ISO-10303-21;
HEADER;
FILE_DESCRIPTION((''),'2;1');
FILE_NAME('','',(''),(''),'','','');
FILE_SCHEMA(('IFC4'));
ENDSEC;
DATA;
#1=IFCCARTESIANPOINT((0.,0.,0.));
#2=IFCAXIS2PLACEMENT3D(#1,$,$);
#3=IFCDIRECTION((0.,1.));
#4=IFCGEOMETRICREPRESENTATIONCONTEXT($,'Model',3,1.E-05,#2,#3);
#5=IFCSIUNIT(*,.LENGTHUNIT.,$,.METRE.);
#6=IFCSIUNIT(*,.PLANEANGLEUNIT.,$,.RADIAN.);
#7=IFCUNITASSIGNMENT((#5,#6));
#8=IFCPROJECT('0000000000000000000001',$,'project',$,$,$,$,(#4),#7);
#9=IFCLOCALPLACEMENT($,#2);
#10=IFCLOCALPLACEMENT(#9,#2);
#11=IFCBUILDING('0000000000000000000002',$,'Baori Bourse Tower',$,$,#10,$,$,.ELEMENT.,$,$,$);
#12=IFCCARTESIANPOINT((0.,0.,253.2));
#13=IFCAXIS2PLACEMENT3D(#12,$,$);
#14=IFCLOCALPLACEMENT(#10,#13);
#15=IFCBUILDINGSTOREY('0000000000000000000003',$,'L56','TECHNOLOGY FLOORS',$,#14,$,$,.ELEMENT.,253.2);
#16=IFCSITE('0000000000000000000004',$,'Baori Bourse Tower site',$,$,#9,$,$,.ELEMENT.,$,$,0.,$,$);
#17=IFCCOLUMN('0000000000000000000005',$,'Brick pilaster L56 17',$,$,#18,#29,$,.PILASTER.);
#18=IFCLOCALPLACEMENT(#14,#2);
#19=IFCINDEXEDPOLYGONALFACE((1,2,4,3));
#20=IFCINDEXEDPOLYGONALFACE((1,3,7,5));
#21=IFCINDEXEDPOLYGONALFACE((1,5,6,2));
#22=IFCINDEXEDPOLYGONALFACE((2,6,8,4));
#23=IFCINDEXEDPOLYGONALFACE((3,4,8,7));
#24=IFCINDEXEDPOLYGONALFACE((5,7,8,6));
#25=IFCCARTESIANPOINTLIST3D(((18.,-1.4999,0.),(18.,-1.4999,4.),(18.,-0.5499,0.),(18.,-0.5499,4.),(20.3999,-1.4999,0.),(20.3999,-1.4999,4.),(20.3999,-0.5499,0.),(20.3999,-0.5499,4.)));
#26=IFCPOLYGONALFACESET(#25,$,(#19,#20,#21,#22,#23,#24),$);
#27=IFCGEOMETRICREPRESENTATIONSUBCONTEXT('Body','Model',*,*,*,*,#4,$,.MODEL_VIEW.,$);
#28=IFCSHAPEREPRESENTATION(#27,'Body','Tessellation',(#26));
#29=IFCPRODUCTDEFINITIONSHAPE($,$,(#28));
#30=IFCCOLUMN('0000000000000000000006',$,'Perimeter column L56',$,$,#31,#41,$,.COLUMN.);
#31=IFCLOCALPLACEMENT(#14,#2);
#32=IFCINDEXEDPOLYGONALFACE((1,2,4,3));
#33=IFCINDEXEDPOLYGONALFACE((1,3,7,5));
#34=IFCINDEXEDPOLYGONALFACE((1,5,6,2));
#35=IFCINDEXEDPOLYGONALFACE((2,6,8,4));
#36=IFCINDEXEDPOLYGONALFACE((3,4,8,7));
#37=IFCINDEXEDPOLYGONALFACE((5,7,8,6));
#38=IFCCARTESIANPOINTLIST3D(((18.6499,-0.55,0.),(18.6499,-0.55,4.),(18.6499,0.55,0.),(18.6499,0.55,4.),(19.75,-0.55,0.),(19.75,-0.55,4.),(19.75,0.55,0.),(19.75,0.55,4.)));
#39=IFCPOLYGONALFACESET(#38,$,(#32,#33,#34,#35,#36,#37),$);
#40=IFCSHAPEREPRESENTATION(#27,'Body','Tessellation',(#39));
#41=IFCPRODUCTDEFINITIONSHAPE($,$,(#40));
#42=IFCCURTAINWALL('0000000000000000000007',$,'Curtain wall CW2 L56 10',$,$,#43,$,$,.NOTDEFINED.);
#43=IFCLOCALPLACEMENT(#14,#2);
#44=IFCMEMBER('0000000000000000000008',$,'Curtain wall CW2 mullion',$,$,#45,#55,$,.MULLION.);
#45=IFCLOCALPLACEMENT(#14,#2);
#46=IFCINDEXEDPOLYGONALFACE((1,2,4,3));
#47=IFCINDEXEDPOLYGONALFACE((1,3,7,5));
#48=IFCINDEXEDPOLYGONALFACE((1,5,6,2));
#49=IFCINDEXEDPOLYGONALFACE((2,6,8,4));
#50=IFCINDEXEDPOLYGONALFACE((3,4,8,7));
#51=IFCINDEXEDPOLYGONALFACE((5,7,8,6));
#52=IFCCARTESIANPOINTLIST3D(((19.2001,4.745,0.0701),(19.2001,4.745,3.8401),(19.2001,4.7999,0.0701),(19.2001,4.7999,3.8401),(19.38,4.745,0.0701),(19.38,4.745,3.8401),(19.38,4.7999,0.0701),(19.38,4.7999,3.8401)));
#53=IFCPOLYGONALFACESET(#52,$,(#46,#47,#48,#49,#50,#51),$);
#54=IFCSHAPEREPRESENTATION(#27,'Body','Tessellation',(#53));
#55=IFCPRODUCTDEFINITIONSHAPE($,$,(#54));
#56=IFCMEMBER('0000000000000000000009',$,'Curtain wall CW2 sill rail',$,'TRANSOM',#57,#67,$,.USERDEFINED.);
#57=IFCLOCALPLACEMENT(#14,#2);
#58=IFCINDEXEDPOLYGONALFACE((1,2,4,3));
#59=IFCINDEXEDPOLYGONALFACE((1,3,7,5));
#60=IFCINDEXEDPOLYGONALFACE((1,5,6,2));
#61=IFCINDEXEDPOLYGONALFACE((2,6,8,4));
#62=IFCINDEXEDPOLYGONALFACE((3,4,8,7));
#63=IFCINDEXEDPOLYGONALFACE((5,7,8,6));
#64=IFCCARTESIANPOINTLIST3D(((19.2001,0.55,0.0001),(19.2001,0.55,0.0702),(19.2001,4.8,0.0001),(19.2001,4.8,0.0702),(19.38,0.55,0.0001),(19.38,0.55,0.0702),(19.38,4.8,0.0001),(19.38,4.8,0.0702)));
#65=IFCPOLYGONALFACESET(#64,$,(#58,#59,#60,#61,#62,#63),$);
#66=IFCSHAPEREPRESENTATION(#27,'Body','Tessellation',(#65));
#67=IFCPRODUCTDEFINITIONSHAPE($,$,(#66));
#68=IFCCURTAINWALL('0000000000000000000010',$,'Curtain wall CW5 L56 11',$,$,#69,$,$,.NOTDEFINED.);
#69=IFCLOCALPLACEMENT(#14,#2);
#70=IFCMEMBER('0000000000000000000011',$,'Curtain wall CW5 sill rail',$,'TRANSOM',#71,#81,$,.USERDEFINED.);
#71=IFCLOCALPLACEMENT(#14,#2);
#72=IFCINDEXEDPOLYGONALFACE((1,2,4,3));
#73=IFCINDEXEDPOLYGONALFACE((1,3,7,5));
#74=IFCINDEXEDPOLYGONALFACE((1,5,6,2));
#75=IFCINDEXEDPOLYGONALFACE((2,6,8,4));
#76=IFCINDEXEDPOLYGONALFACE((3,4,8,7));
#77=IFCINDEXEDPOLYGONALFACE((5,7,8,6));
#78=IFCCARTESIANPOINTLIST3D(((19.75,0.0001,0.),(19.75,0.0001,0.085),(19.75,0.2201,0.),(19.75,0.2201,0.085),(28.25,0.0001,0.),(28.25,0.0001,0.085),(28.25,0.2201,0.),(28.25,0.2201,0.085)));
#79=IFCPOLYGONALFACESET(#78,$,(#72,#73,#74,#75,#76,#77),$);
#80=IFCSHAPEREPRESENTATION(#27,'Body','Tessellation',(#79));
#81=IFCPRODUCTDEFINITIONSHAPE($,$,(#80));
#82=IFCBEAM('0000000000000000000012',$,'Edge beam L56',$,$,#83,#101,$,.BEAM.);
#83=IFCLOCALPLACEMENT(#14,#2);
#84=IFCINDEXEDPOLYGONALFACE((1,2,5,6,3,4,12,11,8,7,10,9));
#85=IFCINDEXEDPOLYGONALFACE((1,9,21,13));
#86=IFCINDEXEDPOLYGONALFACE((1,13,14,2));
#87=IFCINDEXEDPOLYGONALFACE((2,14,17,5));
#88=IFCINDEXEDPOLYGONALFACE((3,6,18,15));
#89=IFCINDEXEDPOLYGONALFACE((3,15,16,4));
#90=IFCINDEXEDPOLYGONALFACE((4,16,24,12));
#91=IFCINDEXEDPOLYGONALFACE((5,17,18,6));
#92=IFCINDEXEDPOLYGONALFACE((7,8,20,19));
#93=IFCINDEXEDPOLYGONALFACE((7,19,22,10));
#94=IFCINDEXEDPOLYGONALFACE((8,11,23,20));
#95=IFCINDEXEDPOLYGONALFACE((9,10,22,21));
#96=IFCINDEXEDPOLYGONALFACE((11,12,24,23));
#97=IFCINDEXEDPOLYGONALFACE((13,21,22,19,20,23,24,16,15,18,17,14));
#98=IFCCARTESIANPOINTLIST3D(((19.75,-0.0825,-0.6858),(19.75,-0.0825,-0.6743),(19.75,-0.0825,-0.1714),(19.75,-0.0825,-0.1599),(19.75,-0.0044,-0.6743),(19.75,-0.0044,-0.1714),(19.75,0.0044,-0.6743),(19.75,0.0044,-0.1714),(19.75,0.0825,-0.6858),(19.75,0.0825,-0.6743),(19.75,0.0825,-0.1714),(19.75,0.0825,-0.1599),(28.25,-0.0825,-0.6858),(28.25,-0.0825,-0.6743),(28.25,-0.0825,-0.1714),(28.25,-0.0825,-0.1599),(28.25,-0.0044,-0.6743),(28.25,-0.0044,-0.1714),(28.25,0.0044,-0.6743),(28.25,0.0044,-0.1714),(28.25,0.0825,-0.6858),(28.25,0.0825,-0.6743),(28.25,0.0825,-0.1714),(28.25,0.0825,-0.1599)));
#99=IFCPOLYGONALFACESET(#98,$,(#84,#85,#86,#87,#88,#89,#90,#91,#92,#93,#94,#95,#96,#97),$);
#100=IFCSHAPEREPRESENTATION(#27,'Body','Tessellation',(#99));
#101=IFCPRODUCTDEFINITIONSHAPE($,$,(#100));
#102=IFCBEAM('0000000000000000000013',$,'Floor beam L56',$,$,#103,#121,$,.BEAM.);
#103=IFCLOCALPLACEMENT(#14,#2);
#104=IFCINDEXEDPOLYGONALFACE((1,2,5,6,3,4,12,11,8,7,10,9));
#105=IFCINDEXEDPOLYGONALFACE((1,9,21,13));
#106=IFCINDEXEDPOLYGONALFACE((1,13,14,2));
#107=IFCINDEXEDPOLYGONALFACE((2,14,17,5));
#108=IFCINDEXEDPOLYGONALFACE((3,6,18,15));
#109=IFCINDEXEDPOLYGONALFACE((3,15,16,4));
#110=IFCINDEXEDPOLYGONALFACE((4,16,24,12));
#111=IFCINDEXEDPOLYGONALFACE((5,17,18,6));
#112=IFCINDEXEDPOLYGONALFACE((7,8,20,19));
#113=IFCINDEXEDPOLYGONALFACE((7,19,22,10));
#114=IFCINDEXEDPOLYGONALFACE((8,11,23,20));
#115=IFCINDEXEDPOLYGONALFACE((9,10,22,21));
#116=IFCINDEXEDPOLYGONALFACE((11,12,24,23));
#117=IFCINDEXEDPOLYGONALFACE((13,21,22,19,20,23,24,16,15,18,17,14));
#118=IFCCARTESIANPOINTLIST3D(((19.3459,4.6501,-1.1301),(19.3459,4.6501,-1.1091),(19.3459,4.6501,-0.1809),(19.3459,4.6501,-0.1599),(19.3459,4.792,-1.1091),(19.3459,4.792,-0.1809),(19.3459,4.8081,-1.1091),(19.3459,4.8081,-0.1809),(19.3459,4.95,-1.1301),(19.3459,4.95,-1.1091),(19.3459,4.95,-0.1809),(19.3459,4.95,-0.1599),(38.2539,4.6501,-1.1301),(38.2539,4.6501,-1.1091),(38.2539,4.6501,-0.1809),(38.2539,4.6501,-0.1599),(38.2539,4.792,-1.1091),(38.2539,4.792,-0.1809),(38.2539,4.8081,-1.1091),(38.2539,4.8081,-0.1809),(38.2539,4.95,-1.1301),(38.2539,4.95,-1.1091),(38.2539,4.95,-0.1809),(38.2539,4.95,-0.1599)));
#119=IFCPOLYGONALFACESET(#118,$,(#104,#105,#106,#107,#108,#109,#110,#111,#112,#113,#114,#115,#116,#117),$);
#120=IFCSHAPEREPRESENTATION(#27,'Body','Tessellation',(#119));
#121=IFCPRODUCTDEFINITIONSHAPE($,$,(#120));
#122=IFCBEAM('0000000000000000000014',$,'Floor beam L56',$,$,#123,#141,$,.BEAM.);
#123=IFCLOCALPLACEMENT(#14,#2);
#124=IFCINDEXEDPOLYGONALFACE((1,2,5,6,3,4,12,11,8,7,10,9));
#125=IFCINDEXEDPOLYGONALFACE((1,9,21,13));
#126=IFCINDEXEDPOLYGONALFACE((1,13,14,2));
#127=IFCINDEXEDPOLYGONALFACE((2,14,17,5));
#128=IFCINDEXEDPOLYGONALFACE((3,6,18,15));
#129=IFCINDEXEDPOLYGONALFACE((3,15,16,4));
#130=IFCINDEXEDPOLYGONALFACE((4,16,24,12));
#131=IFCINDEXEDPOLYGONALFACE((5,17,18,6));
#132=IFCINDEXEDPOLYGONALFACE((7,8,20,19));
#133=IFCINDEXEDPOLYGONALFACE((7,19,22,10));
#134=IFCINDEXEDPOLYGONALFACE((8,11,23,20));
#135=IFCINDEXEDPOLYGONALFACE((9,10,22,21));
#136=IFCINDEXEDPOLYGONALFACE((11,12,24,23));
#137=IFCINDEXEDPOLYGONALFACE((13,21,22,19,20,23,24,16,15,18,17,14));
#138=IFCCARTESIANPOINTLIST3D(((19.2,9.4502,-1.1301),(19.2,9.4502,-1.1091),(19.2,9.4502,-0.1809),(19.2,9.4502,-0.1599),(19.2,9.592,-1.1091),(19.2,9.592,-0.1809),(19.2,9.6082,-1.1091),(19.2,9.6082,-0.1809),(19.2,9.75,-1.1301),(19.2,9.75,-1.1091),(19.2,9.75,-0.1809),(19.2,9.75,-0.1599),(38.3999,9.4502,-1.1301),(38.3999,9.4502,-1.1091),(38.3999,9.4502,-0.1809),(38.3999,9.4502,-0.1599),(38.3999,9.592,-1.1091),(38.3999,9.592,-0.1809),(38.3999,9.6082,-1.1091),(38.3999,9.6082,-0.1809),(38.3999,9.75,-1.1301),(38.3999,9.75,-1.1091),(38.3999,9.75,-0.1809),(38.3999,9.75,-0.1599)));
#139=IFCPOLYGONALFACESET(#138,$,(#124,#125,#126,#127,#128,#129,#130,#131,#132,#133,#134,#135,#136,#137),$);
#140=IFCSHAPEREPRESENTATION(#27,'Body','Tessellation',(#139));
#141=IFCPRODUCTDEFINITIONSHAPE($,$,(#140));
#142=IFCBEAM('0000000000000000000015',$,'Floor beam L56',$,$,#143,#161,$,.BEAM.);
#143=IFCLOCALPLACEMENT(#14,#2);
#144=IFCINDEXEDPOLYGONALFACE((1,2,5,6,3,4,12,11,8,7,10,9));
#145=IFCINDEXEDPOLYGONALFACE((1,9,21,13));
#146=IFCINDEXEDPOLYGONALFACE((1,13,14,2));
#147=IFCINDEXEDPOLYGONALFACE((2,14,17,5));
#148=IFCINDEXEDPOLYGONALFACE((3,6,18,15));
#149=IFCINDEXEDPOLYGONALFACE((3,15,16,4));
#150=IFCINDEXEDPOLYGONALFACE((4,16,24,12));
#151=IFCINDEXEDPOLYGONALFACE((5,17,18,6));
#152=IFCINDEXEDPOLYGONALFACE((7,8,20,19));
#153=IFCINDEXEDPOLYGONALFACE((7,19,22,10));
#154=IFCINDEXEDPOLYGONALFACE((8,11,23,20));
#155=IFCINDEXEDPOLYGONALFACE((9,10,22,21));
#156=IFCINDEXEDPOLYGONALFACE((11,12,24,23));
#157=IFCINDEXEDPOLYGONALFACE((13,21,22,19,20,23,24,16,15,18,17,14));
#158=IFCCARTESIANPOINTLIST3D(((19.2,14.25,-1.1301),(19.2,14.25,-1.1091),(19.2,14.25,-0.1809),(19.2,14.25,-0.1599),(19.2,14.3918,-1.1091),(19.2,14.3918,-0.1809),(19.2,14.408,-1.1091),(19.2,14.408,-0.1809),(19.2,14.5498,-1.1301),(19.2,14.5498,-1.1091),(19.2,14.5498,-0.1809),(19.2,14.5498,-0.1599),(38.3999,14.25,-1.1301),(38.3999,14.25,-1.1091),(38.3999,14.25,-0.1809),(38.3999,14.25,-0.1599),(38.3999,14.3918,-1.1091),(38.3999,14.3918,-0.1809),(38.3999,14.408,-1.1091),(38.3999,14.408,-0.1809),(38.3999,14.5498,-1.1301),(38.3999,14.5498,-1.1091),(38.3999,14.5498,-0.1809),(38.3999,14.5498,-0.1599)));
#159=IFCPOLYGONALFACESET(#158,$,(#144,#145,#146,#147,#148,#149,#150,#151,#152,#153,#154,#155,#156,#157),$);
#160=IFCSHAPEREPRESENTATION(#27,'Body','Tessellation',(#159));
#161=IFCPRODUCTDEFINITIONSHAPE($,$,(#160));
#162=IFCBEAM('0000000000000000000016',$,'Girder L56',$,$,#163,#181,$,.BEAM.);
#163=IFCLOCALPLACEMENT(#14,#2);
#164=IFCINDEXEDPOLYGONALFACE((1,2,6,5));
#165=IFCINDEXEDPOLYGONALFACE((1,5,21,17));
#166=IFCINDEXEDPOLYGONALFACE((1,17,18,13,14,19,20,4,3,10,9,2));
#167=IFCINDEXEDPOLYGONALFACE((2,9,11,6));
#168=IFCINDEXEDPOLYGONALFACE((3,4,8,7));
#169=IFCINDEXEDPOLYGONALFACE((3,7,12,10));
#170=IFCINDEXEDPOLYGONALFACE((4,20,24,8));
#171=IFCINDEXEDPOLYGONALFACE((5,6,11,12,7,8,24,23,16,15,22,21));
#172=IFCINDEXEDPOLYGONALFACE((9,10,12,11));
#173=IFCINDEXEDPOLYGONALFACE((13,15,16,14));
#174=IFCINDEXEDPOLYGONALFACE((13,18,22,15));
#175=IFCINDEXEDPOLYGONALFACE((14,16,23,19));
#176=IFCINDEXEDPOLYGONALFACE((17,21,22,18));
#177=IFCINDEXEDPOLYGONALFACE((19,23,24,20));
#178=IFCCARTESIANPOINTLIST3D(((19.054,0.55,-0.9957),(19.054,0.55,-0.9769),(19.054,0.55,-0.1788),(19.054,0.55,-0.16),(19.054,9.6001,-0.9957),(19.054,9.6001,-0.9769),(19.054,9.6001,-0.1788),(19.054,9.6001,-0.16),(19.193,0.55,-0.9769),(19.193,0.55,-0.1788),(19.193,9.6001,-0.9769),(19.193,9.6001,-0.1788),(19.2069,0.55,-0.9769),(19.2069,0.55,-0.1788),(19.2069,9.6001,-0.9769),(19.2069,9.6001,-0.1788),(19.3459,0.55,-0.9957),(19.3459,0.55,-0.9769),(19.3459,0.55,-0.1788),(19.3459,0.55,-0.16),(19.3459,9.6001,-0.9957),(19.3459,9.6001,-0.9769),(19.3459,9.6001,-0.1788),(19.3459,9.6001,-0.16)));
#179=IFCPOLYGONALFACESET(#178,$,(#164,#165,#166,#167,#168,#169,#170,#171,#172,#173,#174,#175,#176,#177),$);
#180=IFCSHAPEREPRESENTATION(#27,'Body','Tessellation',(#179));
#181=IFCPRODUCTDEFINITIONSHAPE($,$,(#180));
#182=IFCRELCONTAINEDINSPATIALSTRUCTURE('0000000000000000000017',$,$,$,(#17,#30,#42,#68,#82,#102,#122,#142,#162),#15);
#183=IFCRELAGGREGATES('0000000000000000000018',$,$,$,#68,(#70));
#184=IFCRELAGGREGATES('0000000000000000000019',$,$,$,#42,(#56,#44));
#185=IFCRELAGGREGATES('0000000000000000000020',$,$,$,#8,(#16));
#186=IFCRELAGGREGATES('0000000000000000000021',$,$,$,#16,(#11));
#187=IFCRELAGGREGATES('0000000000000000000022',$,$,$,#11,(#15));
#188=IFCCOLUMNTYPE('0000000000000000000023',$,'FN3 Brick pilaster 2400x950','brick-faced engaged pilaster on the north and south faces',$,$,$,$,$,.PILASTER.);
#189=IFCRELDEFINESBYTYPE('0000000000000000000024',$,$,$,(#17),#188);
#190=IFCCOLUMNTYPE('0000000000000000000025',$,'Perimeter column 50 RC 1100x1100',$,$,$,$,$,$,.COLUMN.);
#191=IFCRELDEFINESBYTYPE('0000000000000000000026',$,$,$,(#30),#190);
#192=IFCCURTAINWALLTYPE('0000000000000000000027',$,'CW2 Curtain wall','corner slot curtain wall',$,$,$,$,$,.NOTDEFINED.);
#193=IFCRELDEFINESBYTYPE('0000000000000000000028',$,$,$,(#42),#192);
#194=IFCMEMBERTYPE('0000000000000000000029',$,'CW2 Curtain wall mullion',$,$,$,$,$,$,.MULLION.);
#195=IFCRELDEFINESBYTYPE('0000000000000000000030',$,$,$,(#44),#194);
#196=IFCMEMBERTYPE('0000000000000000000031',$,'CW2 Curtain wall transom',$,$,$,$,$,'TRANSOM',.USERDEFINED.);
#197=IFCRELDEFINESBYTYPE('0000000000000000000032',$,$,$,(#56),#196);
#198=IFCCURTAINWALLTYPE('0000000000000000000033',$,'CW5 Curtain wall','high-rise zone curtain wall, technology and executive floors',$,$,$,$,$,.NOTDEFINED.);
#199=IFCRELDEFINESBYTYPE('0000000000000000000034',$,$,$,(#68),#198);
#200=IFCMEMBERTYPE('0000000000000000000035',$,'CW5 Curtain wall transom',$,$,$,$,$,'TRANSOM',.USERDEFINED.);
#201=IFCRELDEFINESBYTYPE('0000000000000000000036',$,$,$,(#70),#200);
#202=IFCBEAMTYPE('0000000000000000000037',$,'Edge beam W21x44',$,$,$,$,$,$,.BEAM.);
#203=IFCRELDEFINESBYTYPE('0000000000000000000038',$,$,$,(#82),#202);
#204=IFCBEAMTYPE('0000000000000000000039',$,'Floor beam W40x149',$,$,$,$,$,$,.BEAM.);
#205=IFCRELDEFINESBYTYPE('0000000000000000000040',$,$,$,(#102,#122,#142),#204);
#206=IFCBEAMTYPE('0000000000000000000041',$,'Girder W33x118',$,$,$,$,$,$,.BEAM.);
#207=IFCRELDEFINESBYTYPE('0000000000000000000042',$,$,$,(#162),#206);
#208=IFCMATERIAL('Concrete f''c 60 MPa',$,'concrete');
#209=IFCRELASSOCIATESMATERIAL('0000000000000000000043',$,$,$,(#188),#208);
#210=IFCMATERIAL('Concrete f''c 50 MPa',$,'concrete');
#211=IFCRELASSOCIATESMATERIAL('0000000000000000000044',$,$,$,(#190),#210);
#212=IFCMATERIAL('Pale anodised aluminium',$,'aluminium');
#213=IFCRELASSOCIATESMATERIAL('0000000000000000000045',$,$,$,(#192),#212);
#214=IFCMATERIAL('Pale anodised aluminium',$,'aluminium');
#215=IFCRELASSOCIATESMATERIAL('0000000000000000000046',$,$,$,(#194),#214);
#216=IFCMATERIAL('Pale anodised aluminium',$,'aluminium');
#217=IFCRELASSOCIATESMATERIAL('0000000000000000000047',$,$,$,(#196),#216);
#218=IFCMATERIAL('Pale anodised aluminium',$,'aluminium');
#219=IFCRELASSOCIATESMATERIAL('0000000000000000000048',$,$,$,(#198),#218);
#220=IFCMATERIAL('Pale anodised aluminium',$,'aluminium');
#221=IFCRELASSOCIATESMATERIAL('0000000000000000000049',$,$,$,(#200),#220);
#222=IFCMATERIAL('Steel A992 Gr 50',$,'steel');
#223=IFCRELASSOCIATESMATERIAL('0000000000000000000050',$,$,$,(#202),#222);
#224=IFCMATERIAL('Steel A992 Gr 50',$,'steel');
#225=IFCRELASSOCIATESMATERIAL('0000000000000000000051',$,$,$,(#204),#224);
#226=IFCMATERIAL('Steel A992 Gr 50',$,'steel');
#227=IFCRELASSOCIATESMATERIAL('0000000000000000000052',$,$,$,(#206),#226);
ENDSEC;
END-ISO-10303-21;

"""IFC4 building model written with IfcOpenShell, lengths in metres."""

from ifc_helpers import new_model, si_unit, direction, frame, origin, origin_2d, place, context, subcontext, project, spatial, rectangle, i_section, extrude, material, material_profile, profile_set, type_object, element, aggregate, save


model = new_model("IFC4")

# Units and contexts
model_context = context("Model", 3, precision=1e-05, world=origin(), true_north=direction((0.0, 1.0)))
body_context = subcontext(model_context, "Body", "Model", "MODEL_VIEW")
ifc_project = project(units=[si_unit("LENGTHUNIT", "METRE"), si_unit("PLANEANGLEUNIT", "RADIAN")], contexts=[model_context])

# Site, building, storey
site_placement = place(None, origin())
site = spatial("IfcSite", under=ifc_project, at=site_placement, Name="Baori Bourse Tower site", CompositionType="ELEMENT", RefElevation=0.0)
building_placement = place(site_placement, origin())
building = spatial("IfcBuilding", under=site, at=building_placement, Name="Baori Bourse Tower", CompositionType="ELEMENT")
storey_placement = place(building_placement, frame((0.0, 0.0, 253.2)))
storey = spatial("IfcBuildingStorey", under=building, at=storey_placement, Name="L56", Description="TECHNOLOGY FLOORS", CompositionType="ELEMENT", Elevation=253.2)

# Columns
ifc_material_1 = material(Name="Concrete f'c 60 MPa", Category="concrete")
ifc_material_profile_1 = material_profile(ifc_material_1, rectangle(XDim=2.3999, YDim=0.95, at=origin_2d()), Name="RC 2400x950")
ifc_profile_set_1 = profile_set([ifc_material_profile_1], Name="Concrete f'c 60 MPa")
column_type_1 = type_object("IfcColumnType", Name="FN3 Brick pilaster 2400x950", Description="brick-faced engaged pilaster on the north and south faces", PredefinedType="PILASTER", material=ifc_profile_set_1)
column_1_placement = place(storey_placement, frame((19.2, -1.0249, 0.0), z_axis=(0.0, 0.0, 1.0), x_axis=(1.0, 0.0, 0.0)))
element("IfcColumn", 1, at=column_1_placement, inside=storey, type_object=column_type_1, Name="Brick pilaster L56 17", PredefinedType="PILASTER", context=body_context, shape_type="SweptSolid", body=[
    extrude(rectangle(XDim=2.3999, YDim=0.95, at=origin_2d()), origin(), (0.0, 0.0, 1.0), 4.0),
])
ifc_material_2 = material(Name="Concrete f'c 50 MPa", Category="concrete")
ifc_material_profile_2 = material_profile(ifc_material_2, rectangle(XDim=1.1001, YDim=1.1001, at=origin_2d()), Name="RC 1100x1100")
ifc_profile_set_2 = profile_set([ifc_material_profile_2], Name="Concrete f'c 50 MPa")
column_type_2 = type_object("IfcColumnType", Name="Perimeter column 50 RC 1100x1100", PredefinedType="COLUMN", material=ifc_profile_set_2)
column_2_placement = place(storey_placement, frame((19.2, 0.0, 0.0), z_axis=(0.0, 0.0, 1.0), x_axis=(1.0, 0.0, 0.0)))
element("IfcColumn", 2, at=column_2_placement, inside=storey, type_object=column_type_2, Name="Perimeter column L56", PredefinedType="COLUMN", context=body_context, shape_type="SweptSolid", body=[
    extrude(rectangle(XDim=1.1001, YDim=1.1001, at=origin_2d()), origin(), (0.0, 0.0, 1.0), 4.0),
])

# Curtain wall, members
ifc_material_3 = material(Name="Pale anodised aluminium", Category="aluminium")
curtain_wall_type_1 = type_object("IfcCurtainWallType", Name="CW2 Curtain wall", Description="corner slot curtain wall", PredefinedType="NOTDEFINED", material=ifc_material_3)
curtain_wall_1_placement = place(storey_placement, origin())
curtain_wall_1 = element("IfcCurtainWall", 3, at=curtain_wall_1_placement, inside=storey, type_object=curtain_wall_type_1, Name="Curtain wall CW2 L56 10", PredefinedType="NOTDEFINED")
ifc_material_4 = material(Name="Pale anodised aluminium", Category="aluminium")
ifc_material_profile_3 = material_profile(ifc_material_4, rectangle(XDim=0.1799, YDim=0.0549, at=origin_2d()), Name="Mullion 55x180")
ifc_profile_set_3 = profile_set([ifc_material_profile_3], Name="Pale anodised aluminium")
member_type_1 = type_object("IfcMemberType", Name="CW2 Curtain wall mullion", PredefinedType="MULLION", material=ifc_profile_set_3)
member_1_placement = place(storey_placement, frame((19.29, 4.7725, 0.0701), z_axis=(0.0, 0.0, 1.0), x_axis=(1.0, 0.0, 0.0)))
member_1 = element("IfcMember", 4, at=member_1_placement, type_object=member_type_1, Name="Curtain wall CW2 mullion", PredefinedType="MULLION", context=body_context, shape_type="SweptSolid", body=[
    extrude(rectangle(XDim=0.1799, YDim=0.0549, at=origin_2d()), origin(), (0.0, 0.0, 1.0), 3.77),
])
ifc_material_5 = material(Name="Pale anodised aluminium", Category="aluminium")
ifc_material_profile_4 = material_profile(ifc_material_5, rectangle(XDim=0.1799, YDim=0.0701, at=origin_2d()), Name="Transom 70x180")
ifc_profile_set_4 = profile_set([ifc_material_profile_4], Name="Pale anodised aluminium")
member_type_2 = type_object("IfcMemberType", Name="CW2 Curtain wall transom", ElementType="TRANSOM", PredefinedType="USERDEFINED", material=ifc_profile_set_4)
member_2_placement = place(storey_placement, frame((19.29, 4.8, 0.0352), z_axis=(0.0, -1.0, 0.0), x_axis=(1.0, 0.0, 0.0)))
member_2 = element("IfcMember", 5, at=member_2_placement, type_object=member_type_2, Name="Curtain wall CW2 sill rail", ObjectType="TRANSOM", PredefinedType="USERDEFINED", context=body_context, shape_type="SweptSolid", body=[
    extrude(rectangle(XDim=0.1799, YDim=0.0701, at=origin_2d()), origin(), (0.0, 0.0, 1.0), 4.25),
])

# Curtain wall, member
ifc_material_6 = material(Name="Pale anodised aluminium", Category="aluminium")
curtain_wall_type_2 = type_object("IfcCurtainWallType", Name="CW5 Curtain wall", Description="high-rise zone curtain wall, technology and executive floors", PredefinedType="NOTDEFINED", material=ifc_material_6)
curtain_wall_2_placement = place(storey_placement, origin())
curtain_wall_2 = element("IfcCurtainWall", 6, at=curtain_wall_2_placement, inside=storey, type_object=curtain_wall_type_2, Name="Curtain wall CW5 L56 11", PredefinedType="NOTDEFINED")
ifc_material_7 = material(Name="Pale anodised aluminium", Category="aluminium")
ifc_material_profile_5 = material_profile(ifc_material_7, rectangle(XDim=0.22, YDim=0.085, at=origin_2d()), Name="Transom 85x220")
ifc_profile_set_5 = profile_set([ifc_material_profile_5], Name="Pale anodised aluminium")
member_type_3 = type_object("IfcMemberType", Name="CW5 Curtain wall transom", ElementType="TRANSOM", PredefinedType="USERDEFINED", material=ifc_profile_set_5)
member_3_placement = place(storey_placement, frame((19.75, 0.1101, 0.0425), z_axis=(1.0, 0.0, 0.0), x_axis=(0.0, 1.0, 0.0)))
member_3 = element("IfcMember", 7, at=member_3_placement, type_object=member_type_3, Name="Curtain wall CW5 sill rail", ObjectType="TRANSOM", PredefinedType="USERDEFINED", context=body_context, shape_type="SweptSolid", body=[
    extrude(rectangle(XDim=0.22, YDim=0.085, at=origin_2d()), origin(), (0.0, 0.0, 1.0), 8.5),
])
aggregate(curtain_wall_2, [member_3])

# Beams
ifc_material_8 = material(Name="Steel A992 Gr 50", Category="steel")
ifc_material_profile_6 = material_profile(ifc_material_8, i_section(OverallWidth=0.165, OverallDepth=0.5259, WebThickness=0.0088, FlangeThickness=0.0115, at=origin_2d()), Name="W21x44")
ifc_profile_set_6 = profile_set([ifc_material_profile_6], Name="Steel A992 Gr 50")
beam_type_1 = type_object("IfcBeamType", Name="Edge beam W21x44", PredefinedType="BEAM", material=ifc_profile_set_6)
beam_1_placement = place(storey_placement, frame((19.75, 0.0, -0.4229), z_axis=(1.0, 0.0, 0.0), x_axis=(0.0, 1.0, 0.0)))
element("IfcBeam", 8, at=beam_1_placement, inside=storey, type_object=beam_type_1, Name="Edge beam L56", PredefinedType="BEAM", context=body_context, shape_type="SweptSolid", body=[
    extrude(i_section(OverallWidth=0.165, OverallDepth=0.5259, WebThickness=0.0088, FlangeThickness=0.0115, at=origin_2d()), origin(), (0.0, 0.0, 1.0), 8.5),
])
ifc_material_9 = material(Name="Steel A992 Gr 50", Category="steel")
ifc_material_profile_7 = material_profile(ifc_material_9, i_section(OverallWidth=0.2998, OverallDepth=0.9702, WebThickness=0.0161, FlangeThickness=0.021, at=origin_2d()), Name="W40x149")
ifc_profile_set_7 = profile_set([ifc_material_profile_7], Name="Steel A992 Gr 50")
beam_type_2 = type_object("IfcBeamType", Name="Floor beam W40x149", PredefinedType="BEAM", material=ifc_profile_set_7)
beam_2_placement = place(storey_placement, frame((19.3459, 4.8, -0.645), z_axis=(1.0, 0.0, 0.0), x_axis=(0.0, 1.0, 0.0)))
element("IfcBeam", 9, at=beam_2_placement, inside=storey, type_object=beam_type_2, Name="Floor beam L56", PredefinedType="BEAM", context=body_context, shape_type="SweptSolid", body=[
    extrude(i_section(OverallWidth=0.2998, OverallDepth=0.9702, WebThickness=0.0161, FlangeThickness=0.021, at=origin_2d()), origin(), (0.0, 0.0, 1.0), 18.908),
])
for number, where, z_axis, x_axis, name in (
    (10, (19.2, 9.6001, -0.645), (1.0, 0.0, 0.0), (0.0, 1.0, 0.0), "Floor beam L56"),
    (11, (19.2, 14.3999, -0.645), (1.0, 0.0, 0.0), (0.0, 1.0, 0.0), "Floor beam L56"),
):
    element("IfcBeam", number, at=place(storey_placement, frame(where, z_axis=z_axis, x_axis=x_axis)), inside=storey, type_object=beam_type_2, Name=name, PredefinedType="BEAM", context=body_context, shape_type="SweptSolid", body=[
        extrude(i_section(OverallWidth=0.2998, OverallDepth=0.9702, WebThickness=0.0161, FlangeThickness=0.021, at=origin_2d()), origin(), (0.0, 0.0, 1.0), 19.2),
    ])
ifc_material_10 = material(Name="Steel A992 Gr 50", Category="steel")
ifc_material_profile_8 = material_profile(ifc_material_10, i_section(OverallWidth=0.292, OverallDepth=0.8357, WebThickness=0.0139, FlangeThickness=0.0188, at=origin_2d()), Name="W33x118")
ifc_profile_set_8 = profile_set([ifc_material_profile_8], Name="Steel A992 Gr 50")
beam_type_3 = type_object("IfcBeamType", Name="Girder W33x118", PredefinedType="BEAM", material=ifc_profile_set_8)
beam_3_placement = place(storey_placement, frame((19.2, 0.55, -0.5779), z_axis=(0.0, 1.0, 0.0), x_axis=(-1.0, 0.0, 0.0)))
element("IfcBeam", 12, at=beam_3_placement, inside=storey, type_object=beam_type_3, Name="Girder L56", PredefinedType="BEAM", context=body_context, shape_type="SweptSolid", body=[
    extrude(i_section(OverallWidth=0.292, OverallDepth=0.8357, WebThickness=0.0139, FlangeThickness=0.0188, at=origin_2d()), origin(), (0.0, 0.0, 1.0), 9.05),
])

aggregate(curtain_wall_1, [member_2, member_1])

save(model, "model.ifc")
